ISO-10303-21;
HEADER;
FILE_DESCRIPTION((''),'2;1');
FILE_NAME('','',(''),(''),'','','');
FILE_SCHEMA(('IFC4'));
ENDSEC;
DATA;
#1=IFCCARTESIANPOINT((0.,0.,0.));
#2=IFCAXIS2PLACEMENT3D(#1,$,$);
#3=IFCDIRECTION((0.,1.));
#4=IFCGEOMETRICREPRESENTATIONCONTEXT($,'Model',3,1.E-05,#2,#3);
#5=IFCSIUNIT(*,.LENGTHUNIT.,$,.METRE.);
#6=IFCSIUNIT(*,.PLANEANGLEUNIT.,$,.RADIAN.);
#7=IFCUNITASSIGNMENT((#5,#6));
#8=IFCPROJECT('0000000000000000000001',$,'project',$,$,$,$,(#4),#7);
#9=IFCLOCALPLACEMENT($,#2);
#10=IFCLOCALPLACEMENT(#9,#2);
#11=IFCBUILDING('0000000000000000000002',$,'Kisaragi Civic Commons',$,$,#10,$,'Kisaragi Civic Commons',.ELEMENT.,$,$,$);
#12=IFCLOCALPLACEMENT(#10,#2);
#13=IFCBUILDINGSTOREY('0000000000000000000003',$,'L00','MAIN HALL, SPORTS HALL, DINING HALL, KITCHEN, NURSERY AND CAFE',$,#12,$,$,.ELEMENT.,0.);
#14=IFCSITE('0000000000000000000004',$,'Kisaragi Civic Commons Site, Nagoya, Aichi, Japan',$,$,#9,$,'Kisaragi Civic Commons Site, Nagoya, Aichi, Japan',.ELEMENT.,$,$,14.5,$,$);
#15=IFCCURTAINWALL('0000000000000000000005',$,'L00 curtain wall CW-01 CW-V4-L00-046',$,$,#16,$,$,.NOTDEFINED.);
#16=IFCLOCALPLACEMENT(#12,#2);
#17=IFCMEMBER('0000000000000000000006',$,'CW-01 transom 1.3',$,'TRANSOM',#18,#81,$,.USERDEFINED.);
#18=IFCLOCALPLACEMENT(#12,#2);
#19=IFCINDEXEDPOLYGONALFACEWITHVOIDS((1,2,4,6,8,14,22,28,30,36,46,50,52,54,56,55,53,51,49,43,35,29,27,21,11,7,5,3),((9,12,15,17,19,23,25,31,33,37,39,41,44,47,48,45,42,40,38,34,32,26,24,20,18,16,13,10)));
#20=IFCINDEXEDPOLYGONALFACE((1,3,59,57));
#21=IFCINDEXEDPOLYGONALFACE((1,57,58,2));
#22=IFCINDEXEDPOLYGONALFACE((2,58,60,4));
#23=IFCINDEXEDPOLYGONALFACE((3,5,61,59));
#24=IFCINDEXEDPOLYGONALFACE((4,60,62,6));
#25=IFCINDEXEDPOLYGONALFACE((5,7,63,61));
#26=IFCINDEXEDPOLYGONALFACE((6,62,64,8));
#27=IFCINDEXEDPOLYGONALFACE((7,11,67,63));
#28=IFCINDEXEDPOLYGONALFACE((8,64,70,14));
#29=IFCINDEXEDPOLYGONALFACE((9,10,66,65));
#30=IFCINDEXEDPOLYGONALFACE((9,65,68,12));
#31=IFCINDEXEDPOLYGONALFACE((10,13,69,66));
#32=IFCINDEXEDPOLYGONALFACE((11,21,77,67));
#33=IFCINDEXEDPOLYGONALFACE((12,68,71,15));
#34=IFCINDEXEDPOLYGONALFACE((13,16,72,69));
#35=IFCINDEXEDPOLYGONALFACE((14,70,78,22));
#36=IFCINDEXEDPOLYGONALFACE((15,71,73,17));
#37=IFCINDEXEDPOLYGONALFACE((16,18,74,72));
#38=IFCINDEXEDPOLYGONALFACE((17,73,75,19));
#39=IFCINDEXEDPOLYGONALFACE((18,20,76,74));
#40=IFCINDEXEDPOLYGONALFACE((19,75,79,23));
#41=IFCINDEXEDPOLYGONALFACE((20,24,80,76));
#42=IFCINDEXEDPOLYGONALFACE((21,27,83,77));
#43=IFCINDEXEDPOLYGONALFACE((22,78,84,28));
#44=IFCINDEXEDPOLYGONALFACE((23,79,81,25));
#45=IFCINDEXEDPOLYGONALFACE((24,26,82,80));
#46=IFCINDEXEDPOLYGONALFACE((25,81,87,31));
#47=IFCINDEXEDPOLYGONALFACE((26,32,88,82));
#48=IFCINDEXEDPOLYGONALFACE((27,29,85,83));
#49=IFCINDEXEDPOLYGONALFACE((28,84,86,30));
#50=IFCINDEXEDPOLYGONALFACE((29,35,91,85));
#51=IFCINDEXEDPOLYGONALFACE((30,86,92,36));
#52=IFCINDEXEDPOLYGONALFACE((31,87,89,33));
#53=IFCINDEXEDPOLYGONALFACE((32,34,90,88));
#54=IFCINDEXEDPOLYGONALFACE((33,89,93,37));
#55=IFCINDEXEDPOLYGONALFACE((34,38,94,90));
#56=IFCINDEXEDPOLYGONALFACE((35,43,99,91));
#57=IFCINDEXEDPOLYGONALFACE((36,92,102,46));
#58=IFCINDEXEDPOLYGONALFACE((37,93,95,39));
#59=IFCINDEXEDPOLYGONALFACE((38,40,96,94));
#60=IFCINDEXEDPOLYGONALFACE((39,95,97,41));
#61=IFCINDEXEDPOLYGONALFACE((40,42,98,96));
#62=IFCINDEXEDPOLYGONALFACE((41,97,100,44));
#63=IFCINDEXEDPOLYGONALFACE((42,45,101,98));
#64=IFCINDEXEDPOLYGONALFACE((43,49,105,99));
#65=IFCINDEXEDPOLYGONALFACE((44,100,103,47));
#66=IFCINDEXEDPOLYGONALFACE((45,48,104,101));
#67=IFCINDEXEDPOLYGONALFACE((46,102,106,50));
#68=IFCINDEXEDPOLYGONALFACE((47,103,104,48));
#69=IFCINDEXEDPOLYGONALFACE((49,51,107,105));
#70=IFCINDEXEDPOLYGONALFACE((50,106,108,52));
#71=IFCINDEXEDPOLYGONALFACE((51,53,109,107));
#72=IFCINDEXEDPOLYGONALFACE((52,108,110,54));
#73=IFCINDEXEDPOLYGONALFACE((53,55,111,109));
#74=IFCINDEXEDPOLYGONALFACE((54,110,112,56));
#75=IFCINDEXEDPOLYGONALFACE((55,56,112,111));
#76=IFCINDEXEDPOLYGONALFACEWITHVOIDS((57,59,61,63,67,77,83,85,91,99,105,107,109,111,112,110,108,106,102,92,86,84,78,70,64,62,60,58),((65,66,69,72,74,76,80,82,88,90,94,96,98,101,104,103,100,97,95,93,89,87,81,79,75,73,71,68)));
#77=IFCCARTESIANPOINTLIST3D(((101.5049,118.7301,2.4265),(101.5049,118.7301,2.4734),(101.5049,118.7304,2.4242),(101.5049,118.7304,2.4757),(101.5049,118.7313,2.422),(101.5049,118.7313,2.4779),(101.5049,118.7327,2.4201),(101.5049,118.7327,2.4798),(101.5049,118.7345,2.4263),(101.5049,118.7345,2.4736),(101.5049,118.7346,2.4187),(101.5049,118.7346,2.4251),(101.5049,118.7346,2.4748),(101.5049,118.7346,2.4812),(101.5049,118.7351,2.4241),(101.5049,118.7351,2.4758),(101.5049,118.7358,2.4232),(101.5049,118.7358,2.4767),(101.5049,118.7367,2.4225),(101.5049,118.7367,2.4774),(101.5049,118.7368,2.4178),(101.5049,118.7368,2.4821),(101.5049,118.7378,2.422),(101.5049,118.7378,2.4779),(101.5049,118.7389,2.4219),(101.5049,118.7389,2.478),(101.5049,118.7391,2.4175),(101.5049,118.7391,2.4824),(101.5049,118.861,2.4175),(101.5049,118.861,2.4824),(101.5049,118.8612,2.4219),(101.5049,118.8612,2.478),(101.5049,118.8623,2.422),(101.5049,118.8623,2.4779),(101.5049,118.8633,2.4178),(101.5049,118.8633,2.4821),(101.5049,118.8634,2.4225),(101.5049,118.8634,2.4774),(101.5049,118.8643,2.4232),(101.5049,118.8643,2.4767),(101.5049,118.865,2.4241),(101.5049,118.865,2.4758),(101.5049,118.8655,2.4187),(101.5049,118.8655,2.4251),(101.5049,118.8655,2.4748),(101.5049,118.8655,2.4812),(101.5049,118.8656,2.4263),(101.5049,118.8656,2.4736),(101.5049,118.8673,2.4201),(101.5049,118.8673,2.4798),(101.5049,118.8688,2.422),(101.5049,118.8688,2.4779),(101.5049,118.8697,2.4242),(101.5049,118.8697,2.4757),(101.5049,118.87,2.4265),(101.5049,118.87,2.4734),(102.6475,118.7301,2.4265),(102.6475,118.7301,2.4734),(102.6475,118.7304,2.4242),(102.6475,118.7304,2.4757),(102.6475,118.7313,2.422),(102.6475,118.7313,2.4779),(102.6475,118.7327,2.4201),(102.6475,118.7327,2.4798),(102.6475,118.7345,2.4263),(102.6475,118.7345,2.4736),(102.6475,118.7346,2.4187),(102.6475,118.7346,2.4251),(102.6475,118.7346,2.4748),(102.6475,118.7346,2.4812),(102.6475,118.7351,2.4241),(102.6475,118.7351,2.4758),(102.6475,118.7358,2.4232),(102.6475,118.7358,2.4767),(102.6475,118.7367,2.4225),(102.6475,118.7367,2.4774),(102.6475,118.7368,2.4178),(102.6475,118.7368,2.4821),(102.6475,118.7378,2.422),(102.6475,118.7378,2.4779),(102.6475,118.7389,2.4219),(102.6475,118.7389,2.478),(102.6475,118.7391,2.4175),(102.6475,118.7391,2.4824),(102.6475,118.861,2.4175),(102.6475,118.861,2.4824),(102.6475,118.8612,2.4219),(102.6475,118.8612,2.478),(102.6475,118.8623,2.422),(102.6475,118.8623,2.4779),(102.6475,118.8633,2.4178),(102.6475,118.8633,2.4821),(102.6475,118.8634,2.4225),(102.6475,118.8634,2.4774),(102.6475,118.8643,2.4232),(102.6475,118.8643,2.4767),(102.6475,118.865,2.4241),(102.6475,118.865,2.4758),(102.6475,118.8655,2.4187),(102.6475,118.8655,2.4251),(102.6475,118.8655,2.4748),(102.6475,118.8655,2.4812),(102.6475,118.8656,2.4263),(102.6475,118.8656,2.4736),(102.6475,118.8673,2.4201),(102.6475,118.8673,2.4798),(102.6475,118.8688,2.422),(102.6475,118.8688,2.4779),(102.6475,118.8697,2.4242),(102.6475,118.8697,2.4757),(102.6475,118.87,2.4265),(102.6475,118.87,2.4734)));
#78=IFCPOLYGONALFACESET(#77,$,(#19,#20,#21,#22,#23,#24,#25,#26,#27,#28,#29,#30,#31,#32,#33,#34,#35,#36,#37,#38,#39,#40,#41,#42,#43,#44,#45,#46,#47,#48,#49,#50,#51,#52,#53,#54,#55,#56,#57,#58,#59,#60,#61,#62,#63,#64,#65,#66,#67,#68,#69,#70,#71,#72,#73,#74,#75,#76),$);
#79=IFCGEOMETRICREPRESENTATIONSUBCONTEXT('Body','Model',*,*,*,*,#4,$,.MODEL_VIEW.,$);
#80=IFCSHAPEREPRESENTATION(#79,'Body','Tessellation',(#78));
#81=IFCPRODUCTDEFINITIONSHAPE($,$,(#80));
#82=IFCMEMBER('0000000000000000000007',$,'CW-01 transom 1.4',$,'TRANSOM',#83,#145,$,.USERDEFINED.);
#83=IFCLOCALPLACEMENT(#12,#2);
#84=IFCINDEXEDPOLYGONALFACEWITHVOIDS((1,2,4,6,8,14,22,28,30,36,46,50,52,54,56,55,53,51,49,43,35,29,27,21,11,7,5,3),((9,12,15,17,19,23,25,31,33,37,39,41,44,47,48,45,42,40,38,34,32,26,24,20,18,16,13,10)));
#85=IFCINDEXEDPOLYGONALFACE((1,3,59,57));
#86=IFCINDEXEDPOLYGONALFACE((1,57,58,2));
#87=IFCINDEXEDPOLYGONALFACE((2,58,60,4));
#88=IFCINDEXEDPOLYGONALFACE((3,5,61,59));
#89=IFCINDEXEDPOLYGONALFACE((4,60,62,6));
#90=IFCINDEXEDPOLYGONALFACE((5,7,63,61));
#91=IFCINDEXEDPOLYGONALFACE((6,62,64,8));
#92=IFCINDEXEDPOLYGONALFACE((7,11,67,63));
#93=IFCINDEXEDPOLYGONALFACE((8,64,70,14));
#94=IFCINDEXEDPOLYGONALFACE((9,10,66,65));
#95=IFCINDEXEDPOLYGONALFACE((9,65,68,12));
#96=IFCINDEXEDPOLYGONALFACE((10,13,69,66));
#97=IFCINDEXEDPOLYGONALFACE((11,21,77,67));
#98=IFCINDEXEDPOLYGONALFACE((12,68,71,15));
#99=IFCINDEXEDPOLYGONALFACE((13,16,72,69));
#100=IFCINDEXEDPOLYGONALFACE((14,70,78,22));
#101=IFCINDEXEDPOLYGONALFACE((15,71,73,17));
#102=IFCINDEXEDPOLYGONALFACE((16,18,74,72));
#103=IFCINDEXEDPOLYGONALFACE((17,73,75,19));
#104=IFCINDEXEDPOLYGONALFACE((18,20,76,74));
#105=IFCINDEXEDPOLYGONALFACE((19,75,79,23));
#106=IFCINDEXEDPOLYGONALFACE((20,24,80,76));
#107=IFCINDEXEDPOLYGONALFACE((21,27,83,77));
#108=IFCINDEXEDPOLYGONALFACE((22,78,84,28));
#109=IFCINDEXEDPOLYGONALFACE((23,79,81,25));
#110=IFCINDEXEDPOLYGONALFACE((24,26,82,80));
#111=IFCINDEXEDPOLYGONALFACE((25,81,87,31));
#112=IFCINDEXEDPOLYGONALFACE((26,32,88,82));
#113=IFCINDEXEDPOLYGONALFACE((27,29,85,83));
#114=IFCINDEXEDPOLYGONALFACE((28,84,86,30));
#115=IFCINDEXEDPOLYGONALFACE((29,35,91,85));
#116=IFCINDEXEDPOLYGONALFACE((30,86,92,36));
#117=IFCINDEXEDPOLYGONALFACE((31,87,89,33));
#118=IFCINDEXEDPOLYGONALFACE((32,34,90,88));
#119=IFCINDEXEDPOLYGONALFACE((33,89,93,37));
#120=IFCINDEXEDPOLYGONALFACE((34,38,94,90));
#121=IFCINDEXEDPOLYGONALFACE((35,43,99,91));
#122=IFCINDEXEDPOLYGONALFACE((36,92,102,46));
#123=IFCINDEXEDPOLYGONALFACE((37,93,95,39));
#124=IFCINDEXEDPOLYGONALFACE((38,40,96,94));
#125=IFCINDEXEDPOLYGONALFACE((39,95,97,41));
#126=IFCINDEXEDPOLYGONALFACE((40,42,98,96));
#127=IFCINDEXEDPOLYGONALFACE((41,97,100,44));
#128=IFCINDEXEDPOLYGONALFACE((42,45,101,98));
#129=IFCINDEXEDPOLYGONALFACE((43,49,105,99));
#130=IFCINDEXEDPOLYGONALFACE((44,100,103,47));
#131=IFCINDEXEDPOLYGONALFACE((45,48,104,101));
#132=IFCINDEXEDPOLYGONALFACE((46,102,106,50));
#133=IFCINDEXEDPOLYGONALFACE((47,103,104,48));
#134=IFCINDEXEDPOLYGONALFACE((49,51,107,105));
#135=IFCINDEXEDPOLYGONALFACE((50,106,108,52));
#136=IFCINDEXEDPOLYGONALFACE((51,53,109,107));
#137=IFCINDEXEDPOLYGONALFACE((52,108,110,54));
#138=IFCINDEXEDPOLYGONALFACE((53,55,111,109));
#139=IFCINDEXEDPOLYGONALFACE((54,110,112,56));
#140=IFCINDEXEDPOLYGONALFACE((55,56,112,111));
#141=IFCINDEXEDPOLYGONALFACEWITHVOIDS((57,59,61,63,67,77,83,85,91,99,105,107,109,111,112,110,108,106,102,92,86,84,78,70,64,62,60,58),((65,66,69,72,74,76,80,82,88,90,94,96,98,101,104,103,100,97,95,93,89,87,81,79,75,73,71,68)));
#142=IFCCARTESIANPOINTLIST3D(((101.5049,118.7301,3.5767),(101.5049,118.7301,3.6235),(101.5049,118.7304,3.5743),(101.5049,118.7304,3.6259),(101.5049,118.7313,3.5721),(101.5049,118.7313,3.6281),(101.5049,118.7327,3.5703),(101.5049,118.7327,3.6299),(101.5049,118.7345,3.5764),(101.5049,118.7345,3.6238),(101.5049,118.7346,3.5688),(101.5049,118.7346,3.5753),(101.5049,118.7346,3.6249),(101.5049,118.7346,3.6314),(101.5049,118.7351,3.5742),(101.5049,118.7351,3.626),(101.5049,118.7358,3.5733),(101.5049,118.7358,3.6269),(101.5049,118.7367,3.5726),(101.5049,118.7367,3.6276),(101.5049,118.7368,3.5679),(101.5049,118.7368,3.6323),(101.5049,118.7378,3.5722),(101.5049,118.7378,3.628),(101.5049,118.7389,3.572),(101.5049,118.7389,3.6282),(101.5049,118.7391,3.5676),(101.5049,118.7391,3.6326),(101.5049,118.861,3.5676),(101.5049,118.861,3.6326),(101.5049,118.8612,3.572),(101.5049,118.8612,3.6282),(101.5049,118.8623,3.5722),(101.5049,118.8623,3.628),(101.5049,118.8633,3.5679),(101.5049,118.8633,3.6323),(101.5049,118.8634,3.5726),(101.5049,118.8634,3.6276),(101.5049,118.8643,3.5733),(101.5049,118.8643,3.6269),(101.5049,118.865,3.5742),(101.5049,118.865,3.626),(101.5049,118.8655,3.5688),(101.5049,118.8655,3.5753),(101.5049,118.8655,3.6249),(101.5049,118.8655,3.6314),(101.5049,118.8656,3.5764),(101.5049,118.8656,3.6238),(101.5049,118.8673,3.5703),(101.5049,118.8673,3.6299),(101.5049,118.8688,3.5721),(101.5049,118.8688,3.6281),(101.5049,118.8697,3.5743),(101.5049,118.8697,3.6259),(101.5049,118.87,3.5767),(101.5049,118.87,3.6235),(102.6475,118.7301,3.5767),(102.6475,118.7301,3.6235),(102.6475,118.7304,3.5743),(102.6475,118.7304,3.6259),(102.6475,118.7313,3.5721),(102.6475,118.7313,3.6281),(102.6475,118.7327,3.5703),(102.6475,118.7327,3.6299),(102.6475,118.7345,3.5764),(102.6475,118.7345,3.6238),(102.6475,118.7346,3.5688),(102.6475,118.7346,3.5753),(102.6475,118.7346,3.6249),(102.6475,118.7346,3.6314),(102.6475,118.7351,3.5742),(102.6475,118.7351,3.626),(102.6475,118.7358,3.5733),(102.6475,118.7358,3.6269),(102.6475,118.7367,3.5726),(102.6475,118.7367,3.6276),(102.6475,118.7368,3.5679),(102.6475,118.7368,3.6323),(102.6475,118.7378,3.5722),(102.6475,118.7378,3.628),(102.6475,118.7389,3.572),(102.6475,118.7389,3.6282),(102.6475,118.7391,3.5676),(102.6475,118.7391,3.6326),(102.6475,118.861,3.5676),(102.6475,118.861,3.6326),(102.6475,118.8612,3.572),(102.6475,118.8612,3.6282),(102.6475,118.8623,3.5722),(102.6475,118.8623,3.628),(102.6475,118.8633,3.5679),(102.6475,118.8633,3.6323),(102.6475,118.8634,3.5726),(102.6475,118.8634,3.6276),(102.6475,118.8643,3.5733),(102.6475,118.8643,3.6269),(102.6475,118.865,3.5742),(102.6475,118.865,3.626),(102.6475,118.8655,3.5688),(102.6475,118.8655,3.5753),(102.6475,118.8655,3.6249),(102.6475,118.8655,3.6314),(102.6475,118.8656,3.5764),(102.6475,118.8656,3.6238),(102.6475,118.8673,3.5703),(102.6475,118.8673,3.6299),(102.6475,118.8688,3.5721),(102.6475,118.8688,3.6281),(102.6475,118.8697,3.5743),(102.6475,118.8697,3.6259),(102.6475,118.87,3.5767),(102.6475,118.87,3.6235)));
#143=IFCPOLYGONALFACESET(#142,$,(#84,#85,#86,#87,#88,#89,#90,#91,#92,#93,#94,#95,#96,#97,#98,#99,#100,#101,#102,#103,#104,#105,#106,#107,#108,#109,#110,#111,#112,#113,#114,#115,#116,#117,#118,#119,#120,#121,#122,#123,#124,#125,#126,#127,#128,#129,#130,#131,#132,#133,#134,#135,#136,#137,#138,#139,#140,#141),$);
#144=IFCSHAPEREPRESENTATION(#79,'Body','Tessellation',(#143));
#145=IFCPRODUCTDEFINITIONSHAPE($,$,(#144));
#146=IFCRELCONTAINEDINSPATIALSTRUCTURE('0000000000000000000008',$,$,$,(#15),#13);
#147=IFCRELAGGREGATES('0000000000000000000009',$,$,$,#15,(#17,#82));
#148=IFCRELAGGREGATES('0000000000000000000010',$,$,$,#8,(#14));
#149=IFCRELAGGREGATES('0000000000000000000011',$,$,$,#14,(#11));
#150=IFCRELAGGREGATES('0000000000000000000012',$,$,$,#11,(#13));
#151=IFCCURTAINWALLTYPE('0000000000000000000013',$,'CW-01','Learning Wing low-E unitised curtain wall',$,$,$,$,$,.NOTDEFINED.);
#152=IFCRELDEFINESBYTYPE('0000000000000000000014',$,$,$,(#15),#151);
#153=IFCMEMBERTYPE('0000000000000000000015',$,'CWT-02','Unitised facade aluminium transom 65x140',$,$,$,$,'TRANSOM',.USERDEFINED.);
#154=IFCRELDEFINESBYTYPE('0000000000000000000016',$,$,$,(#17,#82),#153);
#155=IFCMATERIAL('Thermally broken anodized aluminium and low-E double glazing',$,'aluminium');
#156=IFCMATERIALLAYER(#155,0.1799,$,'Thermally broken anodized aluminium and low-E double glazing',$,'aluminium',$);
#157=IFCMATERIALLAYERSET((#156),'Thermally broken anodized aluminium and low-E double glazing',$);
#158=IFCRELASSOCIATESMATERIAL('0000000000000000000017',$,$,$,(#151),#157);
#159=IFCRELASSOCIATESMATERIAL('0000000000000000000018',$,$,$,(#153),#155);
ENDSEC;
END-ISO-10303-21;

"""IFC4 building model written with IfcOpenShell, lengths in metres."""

from ifc_helpers import new_model, si_unit, direction, frame, origin, origin_2d, place, context, subcontext, project, spatial, hollow_rectangle, extrude, material, layer, layer_set, material_profile, profile_set, type_object, element, aggregate, save


model = new_model("IFC4")

# Units and contexts
model_context = context("Model", 3, precision=1e-05, world=origin(), true_north=direction((0.0, 1.0)))
body_context = subcontext(model_context, "Body", "Model", "MODEL_VIEW")
ifc_project = project(units=[si_unit("LENGTHUNIT", "METRE"), si_unit("PLANEANGLEUNIT", "RADIAN")], contexts=[model_context])

# Site, building, storey
site_placement = place(None, origin())
site = spatial("IfcSite", under=ifc_project, at=site_placement, Name="Kisaragi Civic Commons Site, Nagoya, Aichi, Japan", LongName="Kisaragi Civic Commons Site, Nagoya, Aichi, Japan", CompositionType="ELEMENT", RefElevation=14.5)
building_placement = place(site_placement, origin())
building = spatial("IfcBuilding", under=site, at=building_placement, Name="Kisaragi Civic Commons", LongName="Kisaragi Civic Commons", CompositionType="ELEMENT")
storey_placement = place(building_placement, origin())
storey = spatial("IfcBuildingStorey", under=building, at=storey_placement, Name="L00", Description="MAIN HALL, SPORTS HALL, DINING HALL, KITCHEN, NURSERY AND CAFE", CompositionType="ELEMENT", Elevation=0.0)

# Curtain wall, members
ifc_material_1 = material(Name="Thermally broken anodized aluminium and low-E double glazing", Category="aluminium")
ifc_layer_1 = layer(ifc_material_1, 0.1799, Name="Thermally broken anodized aluminium and low-E double glazing", Category="aluminium")
ifc_layer_set_1 = layer_set([ifc_layer_1], Name="Thermally broken anodized aluminium and low-E double glazing")
curtain_wall_type = type_object("IfcCurtainWallType", Name="CW-01", Description="Learning Wing low-E unitised curtain wall", PredefinedType="NOTDEFINED", material=ifc_layer_set_1)
curtain_wall_placement = place(storey_placement, origin())
curtain_wall = element("IfcCurtainWall", 1, at=curtain_wall_placement, inside=storey, type_object=curtain_wall_type, Name="L00 curtain wall CW-01 CW-V4-L00-046", PredefinedType="NOTDEFINED")
ifc_material_profile_1 = material_profile(ifc_material_1, hollow_rectangle(XDim=0.1399, YDim=0.0649, WallThickness=0.0044, InnerFilletRadius=0.0044, OuterFilletRadius=0.009, at=origin_2d()), Name="CWT-65x140x4.5", Category="aluminium")
ifc_profile_set_1 = profile_set([ifc_material_profile_1], Name="Thermally broken anodized aluminium and low-E double glazing")
member_type_1 = type_object("IfcMemberType", Name="CWT-02", Description="Unitised facade aluminium transom 65x140", ElementType="TRANSOM", PredefinedType="USERDEFINED", material=ifc_profile_set_1)
member_1_placement = place(storey_placement, frame((101.5049, 118.8, 2.45), z_axis=(1.0, 0.0, 0.0), x_axis=(0.0, 1.0, 0.0)))
member_1 = element("IfcMember", 2, at=member_1_placement, type_object=member_type_1, Name="CW-01 transom 1.3", ObjectType="TRANSOM", PredefinedType="USERDEFINED", context=body_context, shape_type="SweptSolid", body=[
    extrude(hollow_rectangle(XDim=0.1399, YDim=0.0649, WallThickness=0.0044, InnerFilletRadius=0.0044, OuterFilletRadius=0.009, at=origin_2d()), origin(), (0.0, 0.0, 1.0), 1.1426),
])
member_2_placement = place(storey_placement, frame((101.5049, 118.8, 3.6001), z_axis=(1.0, 0.0, 0.0), x_axis=(0.0, 1.0, 0.0)))
member_2 = element("IfcMember", 3, at=member_2_placement, type_object=member_type_1, Name="CW-01 transom 1.4", ObjectType="TRANSOM", PredefinedType="USERDEFINED", context=body_context, shape_type="SweptSolid", body=[
    extrude(hollow_rectangle(XDim=0.1399, YDim=0.0649, WallThickness=0.0044, InnerFilletRadius=0.0044, OuterFilletRadius=0.009, at=origin_2d()), origin(), (0.0, 0.0, 1.0), 1.1426),
])
aggregate(curtain_wall, [member_1, member_2])

save(model, "model.ifc")
